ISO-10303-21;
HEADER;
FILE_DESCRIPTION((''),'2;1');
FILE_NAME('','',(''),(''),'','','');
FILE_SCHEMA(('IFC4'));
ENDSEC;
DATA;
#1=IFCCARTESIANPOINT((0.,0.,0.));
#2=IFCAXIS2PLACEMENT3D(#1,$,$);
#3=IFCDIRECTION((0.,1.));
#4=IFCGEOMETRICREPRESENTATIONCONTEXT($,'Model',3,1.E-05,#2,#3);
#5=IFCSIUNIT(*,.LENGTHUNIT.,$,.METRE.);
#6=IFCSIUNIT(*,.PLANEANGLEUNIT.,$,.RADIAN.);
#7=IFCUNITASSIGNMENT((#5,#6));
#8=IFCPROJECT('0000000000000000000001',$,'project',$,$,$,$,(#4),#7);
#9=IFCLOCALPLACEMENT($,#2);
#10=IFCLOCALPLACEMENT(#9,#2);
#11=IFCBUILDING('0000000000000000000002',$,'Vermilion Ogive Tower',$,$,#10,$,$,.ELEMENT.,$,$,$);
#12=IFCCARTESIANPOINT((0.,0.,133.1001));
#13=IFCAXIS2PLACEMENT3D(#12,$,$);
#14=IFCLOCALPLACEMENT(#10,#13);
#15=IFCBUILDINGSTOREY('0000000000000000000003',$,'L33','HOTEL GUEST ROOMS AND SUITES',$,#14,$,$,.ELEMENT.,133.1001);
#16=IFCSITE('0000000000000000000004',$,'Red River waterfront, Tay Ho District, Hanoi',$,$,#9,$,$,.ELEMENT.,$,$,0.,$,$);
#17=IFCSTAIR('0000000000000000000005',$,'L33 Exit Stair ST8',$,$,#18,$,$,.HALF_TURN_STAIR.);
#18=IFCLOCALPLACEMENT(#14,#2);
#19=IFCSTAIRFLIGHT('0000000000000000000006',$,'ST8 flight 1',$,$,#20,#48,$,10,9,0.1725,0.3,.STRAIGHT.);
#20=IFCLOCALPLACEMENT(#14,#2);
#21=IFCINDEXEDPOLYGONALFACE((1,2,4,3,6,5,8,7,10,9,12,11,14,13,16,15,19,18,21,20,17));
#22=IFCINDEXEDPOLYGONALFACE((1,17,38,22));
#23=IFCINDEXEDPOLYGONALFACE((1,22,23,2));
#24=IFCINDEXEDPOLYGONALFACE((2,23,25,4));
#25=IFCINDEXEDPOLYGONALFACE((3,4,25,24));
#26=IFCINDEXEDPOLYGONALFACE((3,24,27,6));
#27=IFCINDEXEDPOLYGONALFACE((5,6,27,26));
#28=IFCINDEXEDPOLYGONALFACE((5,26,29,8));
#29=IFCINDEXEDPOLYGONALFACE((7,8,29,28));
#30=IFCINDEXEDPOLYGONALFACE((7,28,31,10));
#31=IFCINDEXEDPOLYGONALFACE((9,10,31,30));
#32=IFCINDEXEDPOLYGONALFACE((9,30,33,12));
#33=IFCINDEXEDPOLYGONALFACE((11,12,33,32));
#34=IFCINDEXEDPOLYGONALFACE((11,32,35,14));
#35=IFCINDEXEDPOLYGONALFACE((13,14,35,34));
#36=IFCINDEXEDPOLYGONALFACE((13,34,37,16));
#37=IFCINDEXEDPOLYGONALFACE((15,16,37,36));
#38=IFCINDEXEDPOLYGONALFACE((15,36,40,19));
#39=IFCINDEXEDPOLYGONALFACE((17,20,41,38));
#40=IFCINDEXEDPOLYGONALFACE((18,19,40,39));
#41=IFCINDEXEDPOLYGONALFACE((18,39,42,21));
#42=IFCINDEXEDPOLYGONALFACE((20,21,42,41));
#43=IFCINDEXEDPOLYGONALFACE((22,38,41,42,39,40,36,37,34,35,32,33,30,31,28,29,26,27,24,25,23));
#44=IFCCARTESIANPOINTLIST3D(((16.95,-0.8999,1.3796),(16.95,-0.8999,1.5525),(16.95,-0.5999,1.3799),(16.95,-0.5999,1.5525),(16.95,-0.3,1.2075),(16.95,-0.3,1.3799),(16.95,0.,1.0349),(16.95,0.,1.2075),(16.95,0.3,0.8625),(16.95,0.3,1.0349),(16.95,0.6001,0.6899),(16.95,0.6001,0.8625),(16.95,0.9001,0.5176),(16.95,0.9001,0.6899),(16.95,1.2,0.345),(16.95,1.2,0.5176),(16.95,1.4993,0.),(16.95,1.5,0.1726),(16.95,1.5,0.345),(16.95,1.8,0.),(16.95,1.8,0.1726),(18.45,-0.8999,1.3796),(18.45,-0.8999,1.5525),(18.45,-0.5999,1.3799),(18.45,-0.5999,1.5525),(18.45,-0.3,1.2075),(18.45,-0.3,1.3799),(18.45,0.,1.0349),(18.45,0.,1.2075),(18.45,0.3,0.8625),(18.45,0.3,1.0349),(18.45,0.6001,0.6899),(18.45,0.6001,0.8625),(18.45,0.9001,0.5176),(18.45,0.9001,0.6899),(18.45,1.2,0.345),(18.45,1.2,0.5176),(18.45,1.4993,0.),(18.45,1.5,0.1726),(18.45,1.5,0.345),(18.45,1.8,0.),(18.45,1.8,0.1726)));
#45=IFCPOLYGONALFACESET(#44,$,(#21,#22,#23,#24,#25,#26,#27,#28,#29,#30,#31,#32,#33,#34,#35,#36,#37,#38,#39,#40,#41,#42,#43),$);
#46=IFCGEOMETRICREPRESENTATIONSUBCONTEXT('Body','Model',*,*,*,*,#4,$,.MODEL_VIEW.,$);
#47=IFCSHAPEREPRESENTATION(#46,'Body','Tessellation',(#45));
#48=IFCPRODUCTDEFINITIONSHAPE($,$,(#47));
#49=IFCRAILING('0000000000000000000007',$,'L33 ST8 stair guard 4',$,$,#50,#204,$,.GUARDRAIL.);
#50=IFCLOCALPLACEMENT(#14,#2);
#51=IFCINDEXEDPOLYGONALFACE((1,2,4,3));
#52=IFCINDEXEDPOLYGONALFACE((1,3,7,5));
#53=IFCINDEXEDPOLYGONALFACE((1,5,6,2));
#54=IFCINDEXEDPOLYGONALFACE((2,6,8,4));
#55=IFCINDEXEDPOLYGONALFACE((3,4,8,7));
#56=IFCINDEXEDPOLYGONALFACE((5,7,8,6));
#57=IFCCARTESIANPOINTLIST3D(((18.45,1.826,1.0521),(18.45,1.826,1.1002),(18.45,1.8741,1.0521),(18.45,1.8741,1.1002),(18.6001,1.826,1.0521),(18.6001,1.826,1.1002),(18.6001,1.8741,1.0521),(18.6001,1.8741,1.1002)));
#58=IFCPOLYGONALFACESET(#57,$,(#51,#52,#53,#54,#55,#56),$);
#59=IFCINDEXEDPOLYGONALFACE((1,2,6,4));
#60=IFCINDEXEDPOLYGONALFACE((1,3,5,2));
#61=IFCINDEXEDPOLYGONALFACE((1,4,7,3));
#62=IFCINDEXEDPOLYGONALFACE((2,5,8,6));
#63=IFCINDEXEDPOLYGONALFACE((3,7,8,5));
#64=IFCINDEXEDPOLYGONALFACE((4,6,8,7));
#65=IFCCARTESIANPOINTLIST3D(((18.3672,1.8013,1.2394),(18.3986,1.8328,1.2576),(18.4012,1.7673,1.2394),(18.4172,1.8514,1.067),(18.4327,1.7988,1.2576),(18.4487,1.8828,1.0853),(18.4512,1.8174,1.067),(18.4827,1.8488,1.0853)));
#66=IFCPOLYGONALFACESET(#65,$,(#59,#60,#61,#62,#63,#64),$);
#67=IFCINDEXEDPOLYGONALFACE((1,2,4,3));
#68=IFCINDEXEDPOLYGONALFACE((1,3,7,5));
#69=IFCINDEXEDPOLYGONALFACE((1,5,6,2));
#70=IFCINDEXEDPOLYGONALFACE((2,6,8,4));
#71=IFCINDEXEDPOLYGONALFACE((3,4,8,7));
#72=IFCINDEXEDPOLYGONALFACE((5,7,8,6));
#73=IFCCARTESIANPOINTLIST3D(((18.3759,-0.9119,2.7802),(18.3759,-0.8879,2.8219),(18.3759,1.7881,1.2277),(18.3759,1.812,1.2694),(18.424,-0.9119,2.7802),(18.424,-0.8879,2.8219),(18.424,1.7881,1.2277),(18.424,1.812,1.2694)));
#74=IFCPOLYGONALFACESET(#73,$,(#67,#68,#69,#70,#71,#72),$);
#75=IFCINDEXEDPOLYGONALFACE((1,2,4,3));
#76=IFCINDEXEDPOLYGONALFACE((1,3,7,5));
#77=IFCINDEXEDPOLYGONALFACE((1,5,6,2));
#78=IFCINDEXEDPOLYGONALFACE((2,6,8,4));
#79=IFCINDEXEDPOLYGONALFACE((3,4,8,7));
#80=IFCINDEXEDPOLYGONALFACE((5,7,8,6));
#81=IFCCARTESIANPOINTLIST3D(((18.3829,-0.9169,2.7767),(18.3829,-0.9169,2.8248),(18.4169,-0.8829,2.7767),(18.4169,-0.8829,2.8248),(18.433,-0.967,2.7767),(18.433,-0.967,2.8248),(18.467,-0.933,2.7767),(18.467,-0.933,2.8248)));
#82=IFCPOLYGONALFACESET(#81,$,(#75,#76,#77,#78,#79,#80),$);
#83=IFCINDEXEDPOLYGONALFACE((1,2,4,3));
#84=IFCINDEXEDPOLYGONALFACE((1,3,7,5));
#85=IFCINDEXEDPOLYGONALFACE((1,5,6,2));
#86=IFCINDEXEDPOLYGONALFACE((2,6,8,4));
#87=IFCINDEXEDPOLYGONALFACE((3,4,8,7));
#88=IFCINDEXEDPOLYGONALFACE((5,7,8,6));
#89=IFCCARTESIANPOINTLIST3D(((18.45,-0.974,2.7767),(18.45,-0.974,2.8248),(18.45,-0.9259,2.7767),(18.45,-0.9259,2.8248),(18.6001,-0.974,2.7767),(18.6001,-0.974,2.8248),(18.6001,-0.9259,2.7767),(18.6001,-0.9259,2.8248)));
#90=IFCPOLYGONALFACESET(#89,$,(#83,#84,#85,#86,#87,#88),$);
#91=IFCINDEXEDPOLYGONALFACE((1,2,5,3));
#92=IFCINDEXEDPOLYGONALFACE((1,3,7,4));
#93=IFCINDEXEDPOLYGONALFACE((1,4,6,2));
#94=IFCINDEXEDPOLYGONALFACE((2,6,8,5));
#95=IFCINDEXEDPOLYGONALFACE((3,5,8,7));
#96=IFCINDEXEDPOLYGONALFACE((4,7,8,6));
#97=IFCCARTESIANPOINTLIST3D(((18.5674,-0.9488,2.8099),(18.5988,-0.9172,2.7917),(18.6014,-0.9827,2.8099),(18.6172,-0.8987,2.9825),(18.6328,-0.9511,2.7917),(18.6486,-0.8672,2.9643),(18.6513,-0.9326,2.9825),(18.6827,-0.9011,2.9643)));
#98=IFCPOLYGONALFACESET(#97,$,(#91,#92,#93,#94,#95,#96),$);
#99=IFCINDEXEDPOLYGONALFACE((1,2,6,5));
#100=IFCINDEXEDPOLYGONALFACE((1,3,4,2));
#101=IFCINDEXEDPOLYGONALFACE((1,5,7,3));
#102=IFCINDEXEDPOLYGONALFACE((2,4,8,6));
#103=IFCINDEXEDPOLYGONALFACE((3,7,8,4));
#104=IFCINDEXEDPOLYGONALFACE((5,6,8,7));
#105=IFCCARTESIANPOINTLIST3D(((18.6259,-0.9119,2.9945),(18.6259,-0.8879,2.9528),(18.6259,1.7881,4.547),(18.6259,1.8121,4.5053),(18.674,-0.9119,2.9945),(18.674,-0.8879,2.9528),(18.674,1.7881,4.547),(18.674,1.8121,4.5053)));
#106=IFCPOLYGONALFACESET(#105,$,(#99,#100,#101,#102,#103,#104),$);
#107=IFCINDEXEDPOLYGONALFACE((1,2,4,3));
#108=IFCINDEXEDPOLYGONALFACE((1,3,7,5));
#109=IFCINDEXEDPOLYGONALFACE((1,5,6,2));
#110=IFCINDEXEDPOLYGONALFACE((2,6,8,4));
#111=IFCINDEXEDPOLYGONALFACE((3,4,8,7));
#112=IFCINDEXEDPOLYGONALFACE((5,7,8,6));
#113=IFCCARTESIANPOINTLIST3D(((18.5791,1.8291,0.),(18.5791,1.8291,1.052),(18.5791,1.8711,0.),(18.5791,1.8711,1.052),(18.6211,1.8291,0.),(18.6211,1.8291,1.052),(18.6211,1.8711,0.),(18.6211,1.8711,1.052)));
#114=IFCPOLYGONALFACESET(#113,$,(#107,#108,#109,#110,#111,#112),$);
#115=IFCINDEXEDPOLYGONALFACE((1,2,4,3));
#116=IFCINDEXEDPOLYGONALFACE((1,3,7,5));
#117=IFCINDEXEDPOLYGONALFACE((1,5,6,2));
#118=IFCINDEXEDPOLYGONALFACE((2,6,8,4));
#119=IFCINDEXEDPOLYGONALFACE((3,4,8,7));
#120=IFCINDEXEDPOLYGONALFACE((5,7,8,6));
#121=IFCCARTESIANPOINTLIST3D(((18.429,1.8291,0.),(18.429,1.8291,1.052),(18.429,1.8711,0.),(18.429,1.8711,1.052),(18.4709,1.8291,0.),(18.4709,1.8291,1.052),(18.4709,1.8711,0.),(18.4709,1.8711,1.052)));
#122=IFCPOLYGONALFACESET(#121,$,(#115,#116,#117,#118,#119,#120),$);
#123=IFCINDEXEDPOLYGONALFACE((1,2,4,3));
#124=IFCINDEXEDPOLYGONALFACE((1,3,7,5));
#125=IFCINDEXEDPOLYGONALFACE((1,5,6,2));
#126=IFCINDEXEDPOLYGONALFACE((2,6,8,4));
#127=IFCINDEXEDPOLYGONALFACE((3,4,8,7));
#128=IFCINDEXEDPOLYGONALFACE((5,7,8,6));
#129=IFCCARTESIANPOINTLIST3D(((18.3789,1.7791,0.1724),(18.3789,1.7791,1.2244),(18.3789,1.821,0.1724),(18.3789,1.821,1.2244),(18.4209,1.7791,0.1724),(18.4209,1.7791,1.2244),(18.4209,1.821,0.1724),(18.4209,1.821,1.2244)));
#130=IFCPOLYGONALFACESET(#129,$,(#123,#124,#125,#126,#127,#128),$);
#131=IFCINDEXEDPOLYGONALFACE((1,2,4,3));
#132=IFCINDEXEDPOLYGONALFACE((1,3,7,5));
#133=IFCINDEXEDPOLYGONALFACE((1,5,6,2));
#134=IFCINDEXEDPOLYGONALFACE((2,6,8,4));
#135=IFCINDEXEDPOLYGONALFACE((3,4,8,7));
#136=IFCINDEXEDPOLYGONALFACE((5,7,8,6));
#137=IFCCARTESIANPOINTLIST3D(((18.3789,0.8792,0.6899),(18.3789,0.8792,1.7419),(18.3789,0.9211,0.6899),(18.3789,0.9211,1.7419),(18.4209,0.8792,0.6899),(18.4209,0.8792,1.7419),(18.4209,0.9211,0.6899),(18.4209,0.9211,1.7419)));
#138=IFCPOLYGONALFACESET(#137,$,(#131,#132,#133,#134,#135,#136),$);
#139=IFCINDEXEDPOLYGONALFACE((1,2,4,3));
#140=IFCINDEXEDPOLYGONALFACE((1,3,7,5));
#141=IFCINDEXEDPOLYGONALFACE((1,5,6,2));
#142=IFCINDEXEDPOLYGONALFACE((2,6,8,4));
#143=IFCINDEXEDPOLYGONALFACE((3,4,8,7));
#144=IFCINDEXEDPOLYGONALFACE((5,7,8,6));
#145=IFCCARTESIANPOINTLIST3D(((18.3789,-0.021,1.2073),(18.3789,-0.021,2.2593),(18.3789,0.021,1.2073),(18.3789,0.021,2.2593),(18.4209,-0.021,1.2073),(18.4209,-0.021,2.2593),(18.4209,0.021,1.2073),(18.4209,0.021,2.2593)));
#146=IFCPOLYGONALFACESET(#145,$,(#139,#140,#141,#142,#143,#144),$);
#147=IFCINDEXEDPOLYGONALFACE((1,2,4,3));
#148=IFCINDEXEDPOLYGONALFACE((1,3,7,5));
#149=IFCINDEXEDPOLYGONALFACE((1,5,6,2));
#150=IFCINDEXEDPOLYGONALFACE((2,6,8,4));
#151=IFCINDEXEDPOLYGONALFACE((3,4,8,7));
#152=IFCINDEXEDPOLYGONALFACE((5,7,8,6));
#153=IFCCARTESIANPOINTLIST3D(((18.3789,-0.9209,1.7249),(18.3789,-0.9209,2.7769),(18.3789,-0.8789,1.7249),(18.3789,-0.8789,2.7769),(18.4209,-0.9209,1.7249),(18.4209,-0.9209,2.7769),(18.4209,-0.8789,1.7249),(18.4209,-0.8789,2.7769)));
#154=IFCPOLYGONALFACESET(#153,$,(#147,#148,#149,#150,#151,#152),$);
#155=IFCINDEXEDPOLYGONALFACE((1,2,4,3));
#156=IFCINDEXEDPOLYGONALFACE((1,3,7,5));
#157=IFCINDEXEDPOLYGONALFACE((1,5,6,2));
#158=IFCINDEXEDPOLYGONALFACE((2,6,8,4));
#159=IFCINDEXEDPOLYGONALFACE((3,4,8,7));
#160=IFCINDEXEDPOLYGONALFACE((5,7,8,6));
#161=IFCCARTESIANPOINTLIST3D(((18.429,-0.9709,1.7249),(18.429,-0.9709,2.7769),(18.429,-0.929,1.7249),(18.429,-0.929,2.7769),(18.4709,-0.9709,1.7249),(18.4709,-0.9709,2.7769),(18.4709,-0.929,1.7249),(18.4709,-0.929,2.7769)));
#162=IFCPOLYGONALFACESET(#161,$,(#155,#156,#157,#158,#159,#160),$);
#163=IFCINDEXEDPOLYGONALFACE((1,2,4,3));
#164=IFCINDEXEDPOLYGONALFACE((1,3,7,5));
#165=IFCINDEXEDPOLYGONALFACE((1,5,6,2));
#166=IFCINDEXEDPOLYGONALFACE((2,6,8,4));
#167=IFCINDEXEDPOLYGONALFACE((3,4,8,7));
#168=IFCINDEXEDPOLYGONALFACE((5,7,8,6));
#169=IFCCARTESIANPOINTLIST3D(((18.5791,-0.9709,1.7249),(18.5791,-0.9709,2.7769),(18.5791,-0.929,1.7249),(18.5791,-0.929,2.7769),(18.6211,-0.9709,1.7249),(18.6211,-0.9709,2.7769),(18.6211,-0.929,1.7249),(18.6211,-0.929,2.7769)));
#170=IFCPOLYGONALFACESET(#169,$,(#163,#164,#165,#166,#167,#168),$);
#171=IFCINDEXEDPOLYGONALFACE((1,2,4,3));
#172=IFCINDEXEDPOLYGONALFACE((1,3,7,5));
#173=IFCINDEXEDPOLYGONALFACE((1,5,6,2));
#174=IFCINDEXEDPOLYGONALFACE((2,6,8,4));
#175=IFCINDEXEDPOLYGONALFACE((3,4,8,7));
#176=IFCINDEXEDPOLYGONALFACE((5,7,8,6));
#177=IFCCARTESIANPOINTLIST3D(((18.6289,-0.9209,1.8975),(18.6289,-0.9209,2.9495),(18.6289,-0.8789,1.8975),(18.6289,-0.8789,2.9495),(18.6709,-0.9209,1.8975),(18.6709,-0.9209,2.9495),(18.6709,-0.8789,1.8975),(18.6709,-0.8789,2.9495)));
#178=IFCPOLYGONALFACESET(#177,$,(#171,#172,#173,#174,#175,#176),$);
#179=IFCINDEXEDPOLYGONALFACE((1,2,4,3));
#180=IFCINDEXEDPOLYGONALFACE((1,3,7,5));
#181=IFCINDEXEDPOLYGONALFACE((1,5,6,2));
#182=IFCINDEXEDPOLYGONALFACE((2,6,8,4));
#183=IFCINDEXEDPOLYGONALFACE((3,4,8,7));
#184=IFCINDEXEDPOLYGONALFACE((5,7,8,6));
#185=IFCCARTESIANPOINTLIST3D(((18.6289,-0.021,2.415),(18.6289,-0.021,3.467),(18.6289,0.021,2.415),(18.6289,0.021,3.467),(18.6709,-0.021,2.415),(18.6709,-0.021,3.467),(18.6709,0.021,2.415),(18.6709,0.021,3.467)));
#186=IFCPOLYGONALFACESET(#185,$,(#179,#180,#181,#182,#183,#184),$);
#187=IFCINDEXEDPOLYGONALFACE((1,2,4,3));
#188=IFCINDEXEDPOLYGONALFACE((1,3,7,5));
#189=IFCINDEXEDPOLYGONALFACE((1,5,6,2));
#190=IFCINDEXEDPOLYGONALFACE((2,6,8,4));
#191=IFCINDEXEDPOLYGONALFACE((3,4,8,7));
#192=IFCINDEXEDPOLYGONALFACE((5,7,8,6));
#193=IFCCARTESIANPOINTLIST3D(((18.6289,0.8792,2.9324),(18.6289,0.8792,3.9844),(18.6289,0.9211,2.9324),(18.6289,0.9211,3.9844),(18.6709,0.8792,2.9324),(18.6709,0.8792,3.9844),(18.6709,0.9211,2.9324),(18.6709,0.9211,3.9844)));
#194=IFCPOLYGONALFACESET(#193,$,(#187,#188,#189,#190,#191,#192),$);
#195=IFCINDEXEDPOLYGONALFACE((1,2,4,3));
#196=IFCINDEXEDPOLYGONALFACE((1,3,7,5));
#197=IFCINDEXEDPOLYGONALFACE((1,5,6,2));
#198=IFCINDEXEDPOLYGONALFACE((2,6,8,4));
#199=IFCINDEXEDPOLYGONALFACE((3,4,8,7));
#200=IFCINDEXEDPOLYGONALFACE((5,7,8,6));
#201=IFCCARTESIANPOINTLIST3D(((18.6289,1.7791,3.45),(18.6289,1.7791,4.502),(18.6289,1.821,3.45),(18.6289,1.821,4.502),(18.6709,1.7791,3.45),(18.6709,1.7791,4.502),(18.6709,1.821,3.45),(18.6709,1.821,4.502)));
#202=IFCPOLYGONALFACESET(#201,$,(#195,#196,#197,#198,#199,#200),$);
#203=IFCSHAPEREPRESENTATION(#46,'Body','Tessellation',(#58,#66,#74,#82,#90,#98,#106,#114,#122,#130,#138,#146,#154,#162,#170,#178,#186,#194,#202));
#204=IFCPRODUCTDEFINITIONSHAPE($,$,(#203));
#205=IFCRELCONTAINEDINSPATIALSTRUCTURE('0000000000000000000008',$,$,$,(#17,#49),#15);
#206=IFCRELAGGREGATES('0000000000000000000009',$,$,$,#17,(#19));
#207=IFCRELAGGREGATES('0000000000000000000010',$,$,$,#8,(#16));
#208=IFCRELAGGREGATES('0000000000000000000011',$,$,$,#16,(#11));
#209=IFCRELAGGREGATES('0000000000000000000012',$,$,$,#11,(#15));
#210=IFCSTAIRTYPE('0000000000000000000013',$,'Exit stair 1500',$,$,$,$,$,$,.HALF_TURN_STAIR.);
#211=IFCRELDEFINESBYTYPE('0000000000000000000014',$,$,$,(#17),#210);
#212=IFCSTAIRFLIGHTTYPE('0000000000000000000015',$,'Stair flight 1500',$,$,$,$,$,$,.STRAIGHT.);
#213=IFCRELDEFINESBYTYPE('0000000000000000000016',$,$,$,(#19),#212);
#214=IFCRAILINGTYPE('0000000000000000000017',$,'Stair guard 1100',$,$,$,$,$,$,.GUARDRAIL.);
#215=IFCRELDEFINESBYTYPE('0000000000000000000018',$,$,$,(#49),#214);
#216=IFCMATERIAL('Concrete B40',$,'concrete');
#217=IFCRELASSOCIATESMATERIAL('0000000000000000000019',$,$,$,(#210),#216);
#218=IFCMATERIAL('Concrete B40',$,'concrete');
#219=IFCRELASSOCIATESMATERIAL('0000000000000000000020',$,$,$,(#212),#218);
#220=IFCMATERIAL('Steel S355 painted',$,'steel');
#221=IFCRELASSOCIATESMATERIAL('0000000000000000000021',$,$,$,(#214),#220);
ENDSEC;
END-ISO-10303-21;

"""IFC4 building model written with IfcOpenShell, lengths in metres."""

from ifc_helpers import new_model, si_unit, direction, frame, origin, origin_2d, place, context, subcontext, project, spatial, polyline, rectangle, outline, extrude, material, type_object, element, aggregate, save


model = new_model("IFC4")

# Units and contexts
model_context = context("Model", 3, precision=1e-05, world=origin(), true_north=direction((0.0, 1.0)))
body_context = subcontext(model_context, "Body", "Model", "MODEL_VIEW")
ifc_project = project(units=[si_unit("LENGTHUNIT", "METRE"), si_unit("PLANEANGLEUNIT", "RADIAN")], contexts=[model_context])

# Site, building, storey
site_placement = place(None, origin())
site = spatial("IfcSite", under=ifc_project, at=site_placement, Name="Red River waterfront, Tay Ho District, Hanoi", CompositionType="ELEMENT", RefElevation=0.0)
building_placement = place(site_placement, origin())
building = spatial("IfcBuilding", under=site, at=building_placement, Name="Vermilion Ogive Tower", CompositionType="ELEMENT")
storey_placement = place(building_placement, frame((0.0, 0.0, 133.1001)))
storey = spatial("IfcBuildingStorey", under=building, at=storey_placement, Name="L33", Description="HOTEL GUEST ROOMS AND SUITES", CompositionType="ELEMENT", Elevation=133.1001)

# Stair
ifc_material_1 = material(Name="Concrete B40", Category="concrete")
stair_type = type_object("IfcStairType", Name="Exit stair 1500", PredefinedType="HALF_TURN_STAIR", material=ifc_material_1)
stair_1_placement = place(storey_placement, origin())
stair_1 = element("IfcStair", 1, at=stair_1_placement, inside=storey, type_object=stair_type, Name="L33 Exit Stair ST8", PredefinedType="HALF_TURN_STAIR")

# Stair flight
ifc_material_2 = material(Name="Concrete B40", Category="concrete")
stair_flight_type = type_object("IfcStairFlightType", Name="Stair flight 1500", PredefinedType="STRAIGHT", material=ifc_material_2)
stair_flight_placement = place(storey_placement, frame((17.7, 1.8, 0.0), z_axis=(0.0, 0.0, 1.0), x_axis=(0.0, -1.0, 0.0)))
stair_flight = element("IfcStairFlight", 2, at=stair_flight_placement, type_object=stair_flight_type, Name="ST8 flight 1", NumberOfRisers=10, NumberOfTreads=9, PredefinedType="STRAIGHT", RiserHeight=0.1725, TreadLength=0.3, context=body_context, shape_type="SweptSolid", body=[
    extrude(outline(polyline([(0.0, 0.0), (0.0, 0.1726), (0.3, 0.1726), (0.3, 0.345), (0.6001, 0.345), (0.6001, 0.5176), (0.8999, 0.5176), (0.8999, 0.6899), (1.2, 0.6899), (1.2, 0.8625), (1.5, 0.8625), (1.5, 1.0349), (1.8, 1.0349), (1.8, 1.2075), (2.1001, 1.2075), (2.1001, 1.3799), (2.3999, 1.3799), (2.3999, 1.5525), (2.7, 1.5525), (2.7, 1.7251), (2.7, 1.3796), (0.3008, 0.0), (0.0, 0.0)])), frame((0.0, 0.75, 0.0), z_axis=(0.0, -1.0, 0.0), x_axis=(1.0, 0.0, 0.0)), (0.0, 0.0, 1.0), 1.5),
])
aggregate(stair_1, [stair_flight])

# Railing
ifc_material_3 = material(Name="Steel S355 painted", Category="steel")
railing_type_1 = type_object("IfcRailingType", Name="Stair guard 1100", PredefinedType="GUARDRAIL", material=ifc_material_3)
railing_1_placement = place(storey_placement, frame((18.6001, 1.8501, 0.0)))
element("IfcRailing", 3, at=railing_1_placement, inside=storey, type_object=railing_type_1, Name="L33 ST8 stair guard 4", PredefinedType="GUARDRAIL", context=body_context, shape_type="SweptSolid", body=[
    extrude(rectangle(XDim=0.0481, YDim=0.0481, at=origin_2d()), frame((0.0, 0.0, 1.0762), z_axis=(-1.0, 0.0, 0.0), x_axis=(0.0, -1.0, 0.0)), (0.0, 0.0, 1.0), 0.1501),
    extrude(rectangle(XDim=0.0481, YDim=0.0481, at=origin_2d()), frame((-0.1501, 0.0, 1.0762), z_axis=(-0.268603, -0.268603, 0.925043), x_axis=(0.707107, -0.707107, 0.0)), (0.0, 0.0, 1.0), 0.1863),
    extrude(rectangle(XDim=0.0481, YDim=0.0481, at=origin_2d()), frame((-0.2002, -0.05, 1.2485), z_axis=(0.0, -0.866904, 0.498476), x_axis=(1.0, 0.0, 0.0)), (0.0, 0.0, 1.0), 3.1145),
    extrude(rectangle(XDim=0.0481, YDim=0.0481, at=origin_2d()), frame((-0.2002, -2.75, 2.8008), z_axis=(0.707107, -0.707107, 0.0), x_axis=(0.707107, 0.707107, 0.0)), (0.0, 0.0, 1.0), 0.0708),
    extrude(rectangle(XDim=0.0481, YDim=0.0481, at=origin_2d()), frame((-0.1501, -2.8, 2.8008), z_axis=(1.0, 0.0, 0.0), x_axis=(0.0, 1.0, 0.0)), (0.0, 0.0, 1.0), 0.1501),
    extrude(rectangle(XDim=0.0481, YDim=0.0481, at=origin_2d()), frame((0.0, -2.8, 2.8008), z_axis=(0.267063, 0.268372, 0.925556), x_axis=(-0.708834, 0.705376, 0.0)), (0.0, 0.0, 1.0), 0.1865),
    extrude(rectangle(XDim=0.0481, YDim=0.0481, at=origin_2d()), frame((0.0498, -2.75, 2.9736), z_axis=(0.0, 0.866904, 0.498476), x_axis=(-1.0, 0.0, 0.0)), (0.0, 0.0, 1.0), 3.1145),
    extrude(rectangle(XDim=0.042, YDim=0.042, at=origin_2d()), origin(), (0.0, 0.0, 1.0), 1.052),
    extrude(rectangle(XDim=0.042, YDim=0.042, at=origin_2d()), frame((-0.1501, 0.0, 0.0)), (0.0, 0.0, 1.0), 1.052),
    extrude(rectangle(XDim=0.042, YDim=0.042, at=origin_2d()), frame((-0.2002, -0.05, 0.1724)), (0.0, 0.0, 1.0), 1.052),
    extrude(rectangle(XDim=0.042, YDim=0.042, at=origin_2d()), frame((-0.2002, -0.95, 0.6899)), (0.0, 0.0, 1.0), 1.052),
    extrude(rectangle(XDim=0.042, YDim=0.042, at=origin_2d()), frame((-0.2002, -1.8501, 1.2073)), (0.0, 0.0, 1.0), 1.052),
    extrude(rectangle(XDim=0.042, YDim=0.042, at=origin_2d()), frame((-0.2002, -2.75, 1.7249)), (0.0, 0.0, 1.0), 1.052),
    extrude(rectangle(XDim=0.042, YDim=0.042, at=origin_2d()), frame((-0.1501, -2.8, 1.7249)), (0.0, 0.0, 1.0), 1.052),
    extrude(rectangle(XDim=0.042, YDim=0.042, at=origin_2d()), frame((0.0, -2.8, 1.7249)), (0.0, 0.0, 1.0), 1.052),
    extrude(rectangle(XDim=0.042, YDim=0.042, at=origin_2d()), frame((0.0498, -2.75, 1.8975)), (0.0, 0.0, 1.0), 1.052),
    extrude(rectangle(XDim=0.042, YDim=0.042, at=origin_2d()), frame((0.0498, -1.8501, 2.415)), (0.0, 0.0, 1.0), 1.052),
    extrude(rectangle(XDim=0.042, YDim=0.042, at=origin_2d()), frame((0.0498, -0.95, 2.9324)), (0.0, 0.0, 1.0), 1.052),
    extrude(rectangle(XDim=0.042, YDim=0.042, at=origin_2d()), frame((0.0498, -0.05, 3.45)), (0.0, 0.0, 1.0), 1.052),
])

save(model, "model.ifc")
